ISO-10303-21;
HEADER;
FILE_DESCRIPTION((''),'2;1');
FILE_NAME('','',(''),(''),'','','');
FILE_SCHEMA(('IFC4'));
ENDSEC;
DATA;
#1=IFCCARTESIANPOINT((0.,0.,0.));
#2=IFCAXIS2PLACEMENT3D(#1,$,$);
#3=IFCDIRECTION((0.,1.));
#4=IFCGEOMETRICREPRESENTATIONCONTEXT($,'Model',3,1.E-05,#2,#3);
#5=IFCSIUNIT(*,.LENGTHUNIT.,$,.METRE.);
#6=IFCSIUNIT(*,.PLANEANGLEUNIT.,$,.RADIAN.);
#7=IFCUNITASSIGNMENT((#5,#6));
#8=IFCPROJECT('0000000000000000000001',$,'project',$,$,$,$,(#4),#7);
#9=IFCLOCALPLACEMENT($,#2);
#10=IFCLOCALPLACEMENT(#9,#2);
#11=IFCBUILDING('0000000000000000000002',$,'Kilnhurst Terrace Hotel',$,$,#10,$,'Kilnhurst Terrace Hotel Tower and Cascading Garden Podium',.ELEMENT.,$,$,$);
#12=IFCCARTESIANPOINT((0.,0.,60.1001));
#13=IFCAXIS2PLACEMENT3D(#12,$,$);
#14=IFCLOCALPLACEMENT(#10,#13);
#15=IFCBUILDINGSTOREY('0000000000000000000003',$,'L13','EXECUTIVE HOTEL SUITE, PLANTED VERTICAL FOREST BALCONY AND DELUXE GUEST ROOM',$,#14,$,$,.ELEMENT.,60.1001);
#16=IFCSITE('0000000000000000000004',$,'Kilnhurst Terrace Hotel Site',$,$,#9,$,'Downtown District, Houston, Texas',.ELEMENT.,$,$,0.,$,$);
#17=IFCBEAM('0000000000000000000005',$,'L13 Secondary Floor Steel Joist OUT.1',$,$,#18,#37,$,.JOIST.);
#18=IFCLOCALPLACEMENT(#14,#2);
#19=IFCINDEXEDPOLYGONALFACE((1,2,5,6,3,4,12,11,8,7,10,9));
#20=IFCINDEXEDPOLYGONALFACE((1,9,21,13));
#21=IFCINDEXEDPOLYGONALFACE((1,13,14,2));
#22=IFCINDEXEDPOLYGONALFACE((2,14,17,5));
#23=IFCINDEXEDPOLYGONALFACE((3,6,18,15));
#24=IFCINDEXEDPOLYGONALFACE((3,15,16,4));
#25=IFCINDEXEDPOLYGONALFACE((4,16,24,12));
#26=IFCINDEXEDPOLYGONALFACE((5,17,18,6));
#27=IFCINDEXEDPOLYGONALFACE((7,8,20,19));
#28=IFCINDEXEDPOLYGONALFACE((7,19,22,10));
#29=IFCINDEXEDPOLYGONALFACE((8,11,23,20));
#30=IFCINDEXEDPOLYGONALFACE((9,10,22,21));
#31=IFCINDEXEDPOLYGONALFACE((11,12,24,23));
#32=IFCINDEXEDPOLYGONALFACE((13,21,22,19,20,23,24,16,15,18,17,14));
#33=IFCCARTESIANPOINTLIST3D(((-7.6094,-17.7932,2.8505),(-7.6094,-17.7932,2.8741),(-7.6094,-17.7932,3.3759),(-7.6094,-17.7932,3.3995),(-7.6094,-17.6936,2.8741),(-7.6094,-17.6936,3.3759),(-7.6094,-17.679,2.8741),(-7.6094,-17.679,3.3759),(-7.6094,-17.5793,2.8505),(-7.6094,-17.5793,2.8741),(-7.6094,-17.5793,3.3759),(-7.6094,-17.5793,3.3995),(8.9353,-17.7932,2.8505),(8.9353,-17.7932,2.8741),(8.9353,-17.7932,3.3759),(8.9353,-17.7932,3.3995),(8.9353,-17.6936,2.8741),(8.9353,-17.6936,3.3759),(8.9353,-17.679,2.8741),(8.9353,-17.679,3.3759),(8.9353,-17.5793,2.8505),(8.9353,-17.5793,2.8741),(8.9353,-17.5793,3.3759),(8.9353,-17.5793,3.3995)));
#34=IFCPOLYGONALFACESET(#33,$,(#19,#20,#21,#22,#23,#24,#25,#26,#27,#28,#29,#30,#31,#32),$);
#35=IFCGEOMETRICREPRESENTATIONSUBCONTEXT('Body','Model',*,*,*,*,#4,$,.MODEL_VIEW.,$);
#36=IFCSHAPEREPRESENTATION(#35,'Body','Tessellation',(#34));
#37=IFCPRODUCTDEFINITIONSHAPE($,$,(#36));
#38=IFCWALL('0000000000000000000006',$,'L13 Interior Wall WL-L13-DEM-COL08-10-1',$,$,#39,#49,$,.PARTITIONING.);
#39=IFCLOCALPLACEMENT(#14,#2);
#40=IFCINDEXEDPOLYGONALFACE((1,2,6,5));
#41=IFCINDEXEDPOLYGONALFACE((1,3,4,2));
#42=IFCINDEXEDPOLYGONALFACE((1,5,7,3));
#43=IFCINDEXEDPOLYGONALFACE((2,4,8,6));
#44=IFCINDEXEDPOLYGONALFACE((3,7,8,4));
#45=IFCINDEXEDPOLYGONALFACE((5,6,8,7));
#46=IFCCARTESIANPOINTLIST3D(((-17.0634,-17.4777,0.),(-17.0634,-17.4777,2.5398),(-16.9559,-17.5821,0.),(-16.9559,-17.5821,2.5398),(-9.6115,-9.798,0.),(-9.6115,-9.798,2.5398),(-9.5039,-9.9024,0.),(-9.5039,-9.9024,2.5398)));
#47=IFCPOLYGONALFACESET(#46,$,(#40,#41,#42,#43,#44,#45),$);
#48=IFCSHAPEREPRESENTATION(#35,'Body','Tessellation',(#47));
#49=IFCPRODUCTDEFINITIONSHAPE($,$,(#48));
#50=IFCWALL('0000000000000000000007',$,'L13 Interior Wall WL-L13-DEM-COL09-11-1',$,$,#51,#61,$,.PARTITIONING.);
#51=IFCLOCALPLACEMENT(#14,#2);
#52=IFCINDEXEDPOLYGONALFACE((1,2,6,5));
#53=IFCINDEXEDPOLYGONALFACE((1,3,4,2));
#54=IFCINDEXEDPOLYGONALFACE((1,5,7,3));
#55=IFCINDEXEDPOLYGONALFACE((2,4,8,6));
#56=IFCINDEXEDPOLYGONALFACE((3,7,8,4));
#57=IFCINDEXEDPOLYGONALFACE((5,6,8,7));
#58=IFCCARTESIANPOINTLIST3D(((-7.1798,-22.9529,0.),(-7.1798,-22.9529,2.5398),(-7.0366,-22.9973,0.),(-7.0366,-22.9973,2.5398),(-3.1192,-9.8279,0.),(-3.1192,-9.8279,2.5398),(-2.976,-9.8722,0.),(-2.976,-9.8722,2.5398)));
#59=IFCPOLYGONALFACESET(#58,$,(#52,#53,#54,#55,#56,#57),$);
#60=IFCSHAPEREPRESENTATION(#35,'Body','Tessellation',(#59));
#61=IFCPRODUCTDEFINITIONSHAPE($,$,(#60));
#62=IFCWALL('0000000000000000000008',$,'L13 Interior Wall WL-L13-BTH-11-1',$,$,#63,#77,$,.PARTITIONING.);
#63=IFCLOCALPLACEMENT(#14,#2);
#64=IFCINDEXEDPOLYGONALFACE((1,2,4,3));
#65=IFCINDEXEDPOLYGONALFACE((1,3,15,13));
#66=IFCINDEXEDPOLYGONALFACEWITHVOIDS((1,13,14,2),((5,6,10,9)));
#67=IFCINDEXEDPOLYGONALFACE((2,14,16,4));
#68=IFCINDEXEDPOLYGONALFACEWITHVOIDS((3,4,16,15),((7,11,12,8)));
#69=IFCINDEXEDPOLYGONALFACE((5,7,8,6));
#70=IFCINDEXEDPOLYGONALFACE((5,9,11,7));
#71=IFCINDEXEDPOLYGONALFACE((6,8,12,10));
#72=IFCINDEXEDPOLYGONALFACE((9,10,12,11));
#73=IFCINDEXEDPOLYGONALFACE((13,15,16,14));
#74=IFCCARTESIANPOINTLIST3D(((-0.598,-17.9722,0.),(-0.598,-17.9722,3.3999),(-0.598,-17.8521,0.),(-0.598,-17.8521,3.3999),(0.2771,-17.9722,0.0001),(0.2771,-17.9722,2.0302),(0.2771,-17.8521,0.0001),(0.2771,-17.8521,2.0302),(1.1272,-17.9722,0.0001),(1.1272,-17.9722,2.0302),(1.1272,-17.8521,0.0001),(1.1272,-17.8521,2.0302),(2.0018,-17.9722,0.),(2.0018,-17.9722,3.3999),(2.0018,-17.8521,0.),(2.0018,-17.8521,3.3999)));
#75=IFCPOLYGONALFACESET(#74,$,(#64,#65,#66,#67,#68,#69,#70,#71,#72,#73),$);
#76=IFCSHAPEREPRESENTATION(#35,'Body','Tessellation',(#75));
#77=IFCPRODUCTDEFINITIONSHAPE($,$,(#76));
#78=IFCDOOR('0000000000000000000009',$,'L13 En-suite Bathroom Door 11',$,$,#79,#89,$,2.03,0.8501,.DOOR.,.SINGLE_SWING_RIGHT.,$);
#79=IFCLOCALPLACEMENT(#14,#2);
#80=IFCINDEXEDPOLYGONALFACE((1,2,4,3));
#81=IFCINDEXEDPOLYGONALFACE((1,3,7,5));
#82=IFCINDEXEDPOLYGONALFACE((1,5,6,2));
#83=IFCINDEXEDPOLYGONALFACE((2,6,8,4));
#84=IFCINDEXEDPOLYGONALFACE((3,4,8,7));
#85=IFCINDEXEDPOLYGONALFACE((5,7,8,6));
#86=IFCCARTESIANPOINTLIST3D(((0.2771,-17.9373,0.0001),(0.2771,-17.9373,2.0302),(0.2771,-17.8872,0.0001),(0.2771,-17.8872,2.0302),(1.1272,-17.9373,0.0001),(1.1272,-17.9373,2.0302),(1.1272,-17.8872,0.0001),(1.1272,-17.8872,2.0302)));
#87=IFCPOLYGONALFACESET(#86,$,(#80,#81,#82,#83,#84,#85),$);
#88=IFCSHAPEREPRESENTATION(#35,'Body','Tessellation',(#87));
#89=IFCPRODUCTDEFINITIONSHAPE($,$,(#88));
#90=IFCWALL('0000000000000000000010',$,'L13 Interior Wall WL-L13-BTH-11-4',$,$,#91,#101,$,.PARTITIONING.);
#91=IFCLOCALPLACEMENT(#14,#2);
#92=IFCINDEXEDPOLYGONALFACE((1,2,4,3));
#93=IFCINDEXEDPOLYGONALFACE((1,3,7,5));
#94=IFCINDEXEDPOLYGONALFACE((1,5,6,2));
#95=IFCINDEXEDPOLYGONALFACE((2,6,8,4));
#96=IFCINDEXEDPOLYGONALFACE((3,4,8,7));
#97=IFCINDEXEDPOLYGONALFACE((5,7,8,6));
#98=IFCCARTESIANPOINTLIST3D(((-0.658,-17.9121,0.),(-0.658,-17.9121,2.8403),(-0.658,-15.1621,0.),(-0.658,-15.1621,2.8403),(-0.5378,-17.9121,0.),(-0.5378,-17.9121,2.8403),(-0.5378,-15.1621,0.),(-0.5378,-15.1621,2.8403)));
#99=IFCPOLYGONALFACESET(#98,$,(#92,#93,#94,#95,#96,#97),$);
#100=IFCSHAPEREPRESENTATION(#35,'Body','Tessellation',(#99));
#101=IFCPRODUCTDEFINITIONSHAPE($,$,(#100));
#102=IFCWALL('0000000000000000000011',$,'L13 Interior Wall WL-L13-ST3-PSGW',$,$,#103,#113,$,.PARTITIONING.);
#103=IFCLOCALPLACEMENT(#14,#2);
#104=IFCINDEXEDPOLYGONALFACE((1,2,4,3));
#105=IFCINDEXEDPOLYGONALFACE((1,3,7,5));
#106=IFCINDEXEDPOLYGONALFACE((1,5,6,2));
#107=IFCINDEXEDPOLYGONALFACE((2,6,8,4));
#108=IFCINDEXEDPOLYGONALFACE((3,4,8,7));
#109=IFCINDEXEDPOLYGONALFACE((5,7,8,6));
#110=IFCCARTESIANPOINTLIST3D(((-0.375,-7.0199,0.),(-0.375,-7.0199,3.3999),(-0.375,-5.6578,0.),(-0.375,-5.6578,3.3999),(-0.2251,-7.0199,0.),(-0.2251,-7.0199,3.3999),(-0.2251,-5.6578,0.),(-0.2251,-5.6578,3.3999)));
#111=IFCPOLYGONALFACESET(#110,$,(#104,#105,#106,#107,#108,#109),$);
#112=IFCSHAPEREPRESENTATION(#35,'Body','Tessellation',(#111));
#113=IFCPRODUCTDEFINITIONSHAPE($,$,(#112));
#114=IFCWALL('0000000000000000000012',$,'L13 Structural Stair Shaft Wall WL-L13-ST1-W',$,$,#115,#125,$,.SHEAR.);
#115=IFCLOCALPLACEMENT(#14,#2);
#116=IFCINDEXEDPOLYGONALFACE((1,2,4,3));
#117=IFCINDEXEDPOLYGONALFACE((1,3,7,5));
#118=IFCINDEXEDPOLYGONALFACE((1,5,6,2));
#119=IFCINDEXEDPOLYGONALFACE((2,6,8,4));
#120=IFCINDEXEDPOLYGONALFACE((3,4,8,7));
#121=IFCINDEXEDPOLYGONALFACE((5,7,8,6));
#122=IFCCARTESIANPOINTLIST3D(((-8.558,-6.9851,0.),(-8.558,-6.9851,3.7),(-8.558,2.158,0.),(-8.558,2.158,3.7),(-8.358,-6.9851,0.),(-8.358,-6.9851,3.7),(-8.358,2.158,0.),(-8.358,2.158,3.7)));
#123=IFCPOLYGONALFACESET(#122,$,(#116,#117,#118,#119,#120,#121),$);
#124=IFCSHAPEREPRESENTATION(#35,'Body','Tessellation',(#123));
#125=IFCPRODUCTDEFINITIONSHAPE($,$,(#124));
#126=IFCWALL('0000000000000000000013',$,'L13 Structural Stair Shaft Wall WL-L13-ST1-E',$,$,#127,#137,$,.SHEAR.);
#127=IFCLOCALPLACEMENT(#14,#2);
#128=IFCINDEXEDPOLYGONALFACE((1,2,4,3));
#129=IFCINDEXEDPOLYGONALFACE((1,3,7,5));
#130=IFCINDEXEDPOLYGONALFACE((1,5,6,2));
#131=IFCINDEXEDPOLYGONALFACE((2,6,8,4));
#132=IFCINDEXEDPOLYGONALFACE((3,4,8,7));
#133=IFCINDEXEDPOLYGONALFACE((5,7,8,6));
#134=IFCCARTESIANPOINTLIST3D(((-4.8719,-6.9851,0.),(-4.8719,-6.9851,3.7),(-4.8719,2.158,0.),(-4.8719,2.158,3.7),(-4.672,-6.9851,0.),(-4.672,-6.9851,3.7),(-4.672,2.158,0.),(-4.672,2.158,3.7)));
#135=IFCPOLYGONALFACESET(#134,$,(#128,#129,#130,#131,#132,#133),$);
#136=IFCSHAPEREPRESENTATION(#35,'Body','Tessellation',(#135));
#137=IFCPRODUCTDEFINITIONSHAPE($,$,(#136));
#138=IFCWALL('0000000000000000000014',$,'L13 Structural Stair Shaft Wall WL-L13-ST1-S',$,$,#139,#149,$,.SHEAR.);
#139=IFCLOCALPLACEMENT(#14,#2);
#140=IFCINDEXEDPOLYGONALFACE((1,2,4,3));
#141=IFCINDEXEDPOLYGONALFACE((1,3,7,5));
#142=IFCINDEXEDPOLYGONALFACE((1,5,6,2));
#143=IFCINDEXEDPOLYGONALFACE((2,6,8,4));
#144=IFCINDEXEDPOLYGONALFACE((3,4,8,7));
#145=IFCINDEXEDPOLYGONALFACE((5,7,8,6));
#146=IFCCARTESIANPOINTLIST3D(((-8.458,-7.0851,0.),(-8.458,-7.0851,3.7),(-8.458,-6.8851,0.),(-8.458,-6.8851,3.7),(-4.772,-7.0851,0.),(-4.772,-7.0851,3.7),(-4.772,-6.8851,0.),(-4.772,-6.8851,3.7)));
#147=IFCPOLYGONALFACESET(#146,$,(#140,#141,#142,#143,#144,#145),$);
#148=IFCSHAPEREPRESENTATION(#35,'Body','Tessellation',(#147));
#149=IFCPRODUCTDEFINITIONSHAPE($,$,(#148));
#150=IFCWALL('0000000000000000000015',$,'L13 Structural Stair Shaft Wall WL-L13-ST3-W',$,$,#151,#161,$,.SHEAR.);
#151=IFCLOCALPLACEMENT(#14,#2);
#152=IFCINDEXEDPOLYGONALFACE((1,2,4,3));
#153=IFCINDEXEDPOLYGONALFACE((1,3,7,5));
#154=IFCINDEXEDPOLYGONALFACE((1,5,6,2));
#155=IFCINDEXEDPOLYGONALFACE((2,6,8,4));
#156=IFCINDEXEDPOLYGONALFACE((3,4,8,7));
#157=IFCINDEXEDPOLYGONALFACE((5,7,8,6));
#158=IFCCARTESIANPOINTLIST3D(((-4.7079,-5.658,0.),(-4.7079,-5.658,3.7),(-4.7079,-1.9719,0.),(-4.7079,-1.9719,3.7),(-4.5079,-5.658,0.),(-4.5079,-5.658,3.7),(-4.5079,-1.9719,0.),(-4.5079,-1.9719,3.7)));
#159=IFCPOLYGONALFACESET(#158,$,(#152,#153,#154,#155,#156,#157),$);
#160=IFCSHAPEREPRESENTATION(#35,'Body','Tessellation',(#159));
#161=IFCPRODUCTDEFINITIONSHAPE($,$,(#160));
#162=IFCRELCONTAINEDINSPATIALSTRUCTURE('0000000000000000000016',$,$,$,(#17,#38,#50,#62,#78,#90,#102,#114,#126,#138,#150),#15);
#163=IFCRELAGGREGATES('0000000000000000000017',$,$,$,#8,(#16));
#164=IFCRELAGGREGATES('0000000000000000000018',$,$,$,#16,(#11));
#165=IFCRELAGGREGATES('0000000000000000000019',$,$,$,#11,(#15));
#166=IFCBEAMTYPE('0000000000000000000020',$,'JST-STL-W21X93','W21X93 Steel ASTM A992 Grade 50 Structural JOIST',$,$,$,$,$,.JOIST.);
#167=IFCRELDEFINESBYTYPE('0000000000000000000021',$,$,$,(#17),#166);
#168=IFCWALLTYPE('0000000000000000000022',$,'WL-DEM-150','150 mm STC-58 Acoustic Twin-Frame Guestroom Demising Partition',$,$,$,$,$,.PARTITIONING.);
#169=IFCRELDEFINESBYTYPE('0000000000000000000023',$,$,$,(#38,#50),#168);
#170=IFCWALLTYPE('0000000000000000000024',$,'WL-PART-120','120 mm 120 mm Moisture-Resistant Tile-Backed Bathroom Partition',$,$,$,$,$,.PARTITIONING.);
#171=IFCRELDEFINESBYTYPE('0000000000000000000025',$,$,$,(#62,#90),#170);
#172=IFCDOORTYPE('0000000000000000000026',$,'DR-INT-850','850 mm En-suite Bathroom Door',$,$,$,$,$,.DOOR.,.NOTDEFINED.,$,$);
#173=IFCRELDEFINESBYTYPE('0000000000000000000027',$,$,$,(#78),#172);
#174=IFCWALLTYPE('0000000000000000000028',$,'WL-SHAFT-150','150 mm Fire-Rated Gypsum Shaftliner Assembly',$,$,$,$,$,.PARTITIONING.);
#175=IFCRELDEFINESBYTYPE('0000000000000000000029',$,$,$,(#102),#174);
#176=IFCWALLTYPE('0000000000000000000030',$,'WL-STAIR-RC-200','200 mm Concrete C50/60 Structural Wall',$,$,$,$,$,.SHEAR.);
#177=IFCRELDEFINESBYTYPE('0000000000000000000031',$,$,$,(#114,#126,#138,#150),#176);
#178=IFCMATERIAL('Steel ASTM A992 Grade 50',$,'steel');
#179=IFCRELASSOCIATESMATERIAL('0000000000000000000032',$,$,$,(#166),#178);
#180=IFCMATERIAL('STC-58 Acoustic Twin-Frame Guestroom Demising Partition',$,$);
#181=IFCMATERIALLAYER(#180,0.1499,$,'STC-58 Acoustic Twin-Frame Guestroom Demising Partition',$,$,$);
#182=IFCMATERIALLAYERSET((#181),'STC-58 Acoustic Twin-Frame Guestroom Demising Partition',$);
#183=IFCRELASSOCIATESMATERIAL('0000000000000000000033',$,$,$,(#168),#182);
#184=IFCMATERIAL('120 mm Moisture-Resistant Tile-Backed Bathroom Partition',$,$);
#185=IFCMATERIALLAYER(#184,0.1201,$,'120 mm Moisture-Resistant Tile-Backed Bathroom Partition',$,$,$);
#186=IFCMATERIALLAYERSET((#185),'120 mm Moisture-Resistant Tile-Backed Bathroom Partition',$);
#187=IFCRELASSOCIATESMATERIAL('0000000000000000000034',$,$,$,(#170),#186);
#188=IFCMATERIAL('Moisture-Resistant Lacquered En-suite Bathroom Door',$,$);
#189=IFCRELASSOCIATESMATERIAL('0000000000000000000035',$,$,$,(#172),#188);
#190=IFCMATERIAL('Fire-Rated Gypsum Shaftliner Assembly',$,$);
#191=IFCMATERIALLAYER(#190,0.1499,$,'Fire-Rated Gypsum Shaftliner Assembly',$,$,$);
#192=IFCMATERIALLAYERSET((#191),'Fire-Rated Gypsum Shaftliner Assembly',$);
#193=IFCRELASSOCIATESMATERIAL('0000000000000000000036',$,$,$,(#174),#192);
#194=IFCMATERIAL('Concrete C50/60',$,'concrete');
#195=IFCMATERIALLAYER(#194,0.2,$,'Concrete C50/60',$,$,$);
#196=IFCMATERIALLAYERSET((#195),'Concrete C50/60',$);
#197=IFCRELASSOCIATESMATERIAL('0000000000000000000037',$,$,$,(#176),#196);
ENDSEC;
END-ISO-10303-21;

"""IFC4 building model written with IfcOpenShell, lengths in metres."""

from ifc_helpers import new_model, si_unit, direction, frame, frame_2d, origin, origin_2d, place, context, subcontext, project, spatial, rectangle, i_section, extrude, material, layer, layer_set, material_profile, profile_set, type_object, element, fill, save


model = new_model("IFC4")

# Units and contexts
model_context = context("Model", 3, precision=1e-05, world=origin(), true_north=direction((0.0, 1.0)))
body_context = subcontext(model_context, "Body", "Model", "MODEL_VIEW")
ifc_project = project(units=[si_unit("LENGTHUNIT", "METRE"), si_unit("PLANEANGLEUNIT", "RADIAN")], contexts=[model_context])

# Site, building, storey
site_placement = place(None, origin())
site = spatial("IfcSite", under=ifc_project, at=site_placement, Name="Kilnhurst Terrace Hotel Site", LongName="Downtown District, Houston, Texas", CompositionType="ELEMENT", RefElevation=0.0)
building_placement = place(site_placement, origin())
building = spatial("IfcBuilding", under=site, at=building_placement, Name="Kilnhurst Terrace Hotel", LongName="Kilnhurst Terrace Hotel Tower and Cascading Garden Podium", CompositionType="ELEMENT")
storey_placement = place(building_placement, frame((0.0, 0.0, 60.1001)))
storey = spatial("IfcBuildingStorey", under=building, at=storey_placement, Name="L13", Description="EXECUTIVE HOTEL SUITE, PLANTED VERTICAL FOREST BALCONY AND DELUXE GUEST ROOM", CompositionType="ELEMENT", Elevation=60.1001)

# Shared definitions
ifc_material_1 = material(Name="Steel ASTM A992 Grade 50", Category="steel")

# Beam
ifc_material_2 = material(Name="Concrete C50/60", Category="concrete")
ifc_material_profile_1 = material_profile(ifc_material_1, i_section(OverallWidth=0.2139, OverallDepth=0.5491, WebThickness=0.0146, FlangeThickness=0.0237, at=origin_2d()), Name="W21X93")
ifc_profile_set_1 = profile_set([ifc_material_profile_1], Name="Steel ASTM A992 Grade 50")
beam_type_1 = type_object("IfcBeamType", Name="JST-STL-W21X93", Description="W21X93 Steel ASTM A992 Grade 50 Structural JOIST", PredefinedType="JOIST", material=ifc_profile_set_1)
beam_1_placement = place(storey_placement, frame((-7.6094, -17.6863, 3.125), z_axis=(1.0, 0.0, 0.0), x_axis=(0.0, 1.0, 0.0)))
element("IfcBeam", 1, at=beam_1_placement, inside=storey, type_object=beam_type_1, Name="L13 Secondary Floor Steel Joist OUT.1", PredefinedType="JOIST", context=body_context, shape_type="SweptSolid", body=[
    extrude(i_section(OverallWidth=0.2139, OverallDepth=0.5491, WebThickness=0.0146, FlangeThickness=0.0237, at=origin_2d()), origin(), (0.0, 0.0, 1.0), 16.5447),
])

# Walls
ifc_material_3 = material(Name="STC-58 Acoustic Twin-Frame Guestroom Demising Partition")
ifc_layer_1 = layer(ifc_material_3, 0.1499, Name="STC-58 Acoustic Twin-Frame Guestroom Demising Partition")
ifc_layer_set_1 = layer_set([ifc_layer_1], Name="STC-58 Acoustic Twin-Frame Guestroom Demising Partition")
wall_type_1 = type_object("IfcWallType", Name="WL-DEM-150", Description="150 mm STC-58 Acoustic Twin-Frame Guestroom Demising Partition", PredefinedType="PARTITIONING", material=ifc_layer_set_1)
wall_1_placement = place(storey_placement, frame((-9.5576, -9.8501, 0.0), z_axis=(0.0, 0.0, 1.0), x_axis=(-0.696383, -0.71767, 0.0)))
element("IfcWall", 2, at=wall_1_placement, inside=storey, type_object=wall_type_1, Name="L13 Interior Wall WL-L13-DEM-COL08-10-1", PredefinedType="PARTITIONING", context=body_context, shape_type="SweptSolid", body=[
    extrude(rectangle(XDim=10.7009, YDim=0.1499, at=frame_2d((5.3506, 0.0))), origin(), (0.0, 0.0, 1.0), 2.5398),
])
wall_2_placement = place(storey_placement, frame((-3.0476, -9.8501, 0.0), z_axis=(0.0, 0.0, 1.0), x_axis=(-0.295554, -0.955326, 0.0)))
element("IfcWall", 3, at=wall_2_placement, inside=storey, type_object=wall_type_1, Name="L13 Interior Wall WL-L13-DEM-COL09-11-1", PredefinedType="PARTITIONING", context=body_context, shape_type="SweptSolid", body=[
    extrude(rectangle(XDim=13.7388, YDim=0.1499, at=frame_2d((6.8694, 0.0))), origin(), (0.0, 0.0, 1.0), 2.5398),
])

# Wall, opening, door
ifc_material_4 = material(Name="120 mm Moisture-Resistant Tile-Backed Bathroom Partition")
ifc_layer_2 = layer(ifc_material_4, 0.1201, Name="120 mm Moisture-Resistant Tile-Backed Bathroom Partition")
ifc_layer_set_2 = layer_set([ifc_layer_2], Name="120 mm Moisture-Resistant Tile-Backed Bathroom Partition")
wall_type_2 = type_object("IfcWallType", Name="WL-PART-120", Description="120 mm 120 mm Moisture-Resistant Tile-Backed Bathroom Partition", PredefinedType="PARTITIONING", material=ifc_layer_set_2)
wall_3_placement = place(storey_placement, frame((-0.5979, -17.9121, 0.0), z_axis=(0.0, 0.0, 1.0), x_axis=(1.0, 0.0, 0.0)))
wall_3 = element("IfcWall", 4, at=wall_3_placement, inside=storey, type_object=wall_type_2, Name="L13 Interior Wall WL-L13-BTH-11-1", PredefinedType="PARTITIONING", context=body_context, shape_type="SweptSolid", body=[
    extrude(rectangle(XDim=2.5999, YDim=0.1201, at=frame_2d((1.2998, 0.0))), origin(), (0.0, 0.0, 1.0), 3.3999),
])
opening_1_placement = place(wall_3_placement, frame((0.875, 0.0, 0.0)))
opening_1 = element("IfcOpeningElement", 5, at=opening_1_placement, cuts=wall_3, PredefinedType="OPENING", context=body_context, shape_type="SweptSolid", body=[
    extrude(rectangle(XDim=0.8501, YDim=2.03, at=frame_2d((0.425, 1.0151))), frame((0.0, 0.0701, 0.0), z_axis=(0.0, -1.0, 0.0), x_axis=(1.0, 0.0, 0.0)), (0.0, 0.0, 1.0), 0.1401),
])
ifc_material_5 = material(Name="Moisture-Resistant Lacquered En-suite Bathroom Door")
door_type_1 = type_object("IfcDoorType", Name="DR-INT-850", Description="850 mm En-suite Bathroom Door", OperationType="NOTDEFINED", PredefinedType="DOOR", material=ifc_material_5)
door_1_placement = place(opening_1_placement, origin())
door_1 = element("IfcDoor", 6, at=door_1_placement, inside=storey, type_object=door_type_1, Name="L13 En-suite Bathroom Door 11", OperationType="SINGLE_SWING_RIGHT", OverallHeight=2.03, OverallWidth=0.8501, PredefinedType="DOOR", context=body_context, shape_type="SweptSolid", body=[
    extrude(rectangle(XDim=0.8501, YDim=2.03, at=frame_2d((0.425, 1.0151))), frame((0.0, 0.0249, 0.0), z_axis=(0.0, -1.0, 0.0), x_axis=(1.0, 0.0, 0.0)), (0.0, 0.0, 1.0), 0.05),
])
fill(opening_1, door_1)

# Walls
wall_4_placement = place(storey_placement, frame((-0.5979, -15.1621, 0.0), z_axis=(0.0, 0.0, 1.0), x_axis=(0.0, -1.0, 0.0)))
element("IfcWall", 7, at=wall_4_placement, inside=storey, type_object=wall_type_2, Name="L13 Interior Wall WL-L13-BTH-11-4", PredefinedType="PARTITIONING", context=body_context, shape_type="SweptSolid", body=[
    extrude(rectangle(XDim=2.75, YDim=0.1201, at=frame_2d((1.375, 0.0))), origin(), (0.0, 0.0, 1.0), 2.8403),
])
ifc_material_6 = material(Name="Fire-Rated Gypsum Shaftliner Assembly")
ifc_layer_3 = layer(ifc_material_6, 0.1499, Name="Fire-Rated Gypsum Shaftliner Assembly")
ifc_layer_set_3 = layer_set([ifc_layer_3], Name="Fire-Rated Gypsum Shaftliner Assembly")
wall_type_3 = type_object("IfcWallType", Name="WL-SHAFT-150", Description="150 mm Fire-Rated Gypsum Shaftliner Assembly", PredefinedType="PARTITIONING", material=ifc_layer_set_3)
wall_5_placement = place(storey_placement, frame((-0.3, -7.02, 0.0), z_axis=(0.0, 0.0, 1.0), x_axis=(0.0, 1.0, 0.0)))
element("IfcWall", 8, at=wall_5_placement, inside=storey, type_object=wall_type_3, Name="L13 Interior Wall WL-L13-ST3-PSGW", PredefinedType="PARTITIONING", context=body_context, shape_type="SweptSolid", body=[
    extrude(rectangle(XDim=1.3621, YDim=0.1499, at=frame_2d((0.6812, 0.0))), origin(), (0.0, 0.0, 1.0), 3.3999),
])
ifc_layer_4 = layer(ifc_material_2, 0.2, Name="Concrete C50/60")
ifc_layer_set_4 = layer_set([ifc_layer_4], Name="Concrete C50/60")
wall_type_4 = type_object("IfcWallType", Name="WL-STAIR-RC-200", Description="200 mm Concrete C50/60 Structural Wall", PredefinedType="SHEAR", material=ifc_layer_set_4)
for number, where, z_axis, x_axis, name in (
    (9, (-8.458, -6.9851, 0.0), (0.0, 0.0, 1.0), (0.0, 1.0, 0.0), "L13 Structural Stair Shaft Wall WL-L13-ST1-W"),
    (10, (-4.772, -6.9851, 0.0), (0.0, 0.0, 1.0), (0.0, 1.0, 0.0), "L13 Structural Stair Shaft Wall WL-L13-ST1-E"),
):
    element("IfcWall", number, at=place(storey_placement, frame(where, z_axis=z_axis, x_axis=x_axis)), inside=storey, type_object=wall_type_4, Name=name, PredefinedType="SHEAR", context=body_context, shape_type="SweptSolid", body=[
        extrude(rectangle(XDim=9.1431, YDim=0.2, at=frame_2d((4.5715, 0.0))), origin(), (0.0, 0.0, 1.0), 3.7),
    ])
for number, where, z_axis, x_axis, name in (
    (11, (-8.458, -6.9851, 0.0), (0.0, 0.0, 1.0), (1.0, 0.0, 0.0), "L13 Structural Stair Shaft Wall WL-L13-ST1-S"),
    (12, (-4.6079, -5.658, 0.0), (0.0, 0.0, 1.0), (0.0, 1.0, 0.0), "L13 Structural Stair Shaft Wall WL-L13-ST3-W"),
):
    element("IfcWall", number, at=place(storey_placement, frame(where, z_axis=z_axis, x_axis=x_axis)), inside=storey, type_object=wall_type_4, Name=name, PredefinedType="SHEAR", context=body_context, shape_type="SweptSolid", body=[
        extrude(rectangle(XDim=3.686, YDim=0.2, at=frame_2d((1.843, 0.0))), origin(), (0.0, 0.0, 1.0), 3.7),
    ])

save(model, "model.ifc")
